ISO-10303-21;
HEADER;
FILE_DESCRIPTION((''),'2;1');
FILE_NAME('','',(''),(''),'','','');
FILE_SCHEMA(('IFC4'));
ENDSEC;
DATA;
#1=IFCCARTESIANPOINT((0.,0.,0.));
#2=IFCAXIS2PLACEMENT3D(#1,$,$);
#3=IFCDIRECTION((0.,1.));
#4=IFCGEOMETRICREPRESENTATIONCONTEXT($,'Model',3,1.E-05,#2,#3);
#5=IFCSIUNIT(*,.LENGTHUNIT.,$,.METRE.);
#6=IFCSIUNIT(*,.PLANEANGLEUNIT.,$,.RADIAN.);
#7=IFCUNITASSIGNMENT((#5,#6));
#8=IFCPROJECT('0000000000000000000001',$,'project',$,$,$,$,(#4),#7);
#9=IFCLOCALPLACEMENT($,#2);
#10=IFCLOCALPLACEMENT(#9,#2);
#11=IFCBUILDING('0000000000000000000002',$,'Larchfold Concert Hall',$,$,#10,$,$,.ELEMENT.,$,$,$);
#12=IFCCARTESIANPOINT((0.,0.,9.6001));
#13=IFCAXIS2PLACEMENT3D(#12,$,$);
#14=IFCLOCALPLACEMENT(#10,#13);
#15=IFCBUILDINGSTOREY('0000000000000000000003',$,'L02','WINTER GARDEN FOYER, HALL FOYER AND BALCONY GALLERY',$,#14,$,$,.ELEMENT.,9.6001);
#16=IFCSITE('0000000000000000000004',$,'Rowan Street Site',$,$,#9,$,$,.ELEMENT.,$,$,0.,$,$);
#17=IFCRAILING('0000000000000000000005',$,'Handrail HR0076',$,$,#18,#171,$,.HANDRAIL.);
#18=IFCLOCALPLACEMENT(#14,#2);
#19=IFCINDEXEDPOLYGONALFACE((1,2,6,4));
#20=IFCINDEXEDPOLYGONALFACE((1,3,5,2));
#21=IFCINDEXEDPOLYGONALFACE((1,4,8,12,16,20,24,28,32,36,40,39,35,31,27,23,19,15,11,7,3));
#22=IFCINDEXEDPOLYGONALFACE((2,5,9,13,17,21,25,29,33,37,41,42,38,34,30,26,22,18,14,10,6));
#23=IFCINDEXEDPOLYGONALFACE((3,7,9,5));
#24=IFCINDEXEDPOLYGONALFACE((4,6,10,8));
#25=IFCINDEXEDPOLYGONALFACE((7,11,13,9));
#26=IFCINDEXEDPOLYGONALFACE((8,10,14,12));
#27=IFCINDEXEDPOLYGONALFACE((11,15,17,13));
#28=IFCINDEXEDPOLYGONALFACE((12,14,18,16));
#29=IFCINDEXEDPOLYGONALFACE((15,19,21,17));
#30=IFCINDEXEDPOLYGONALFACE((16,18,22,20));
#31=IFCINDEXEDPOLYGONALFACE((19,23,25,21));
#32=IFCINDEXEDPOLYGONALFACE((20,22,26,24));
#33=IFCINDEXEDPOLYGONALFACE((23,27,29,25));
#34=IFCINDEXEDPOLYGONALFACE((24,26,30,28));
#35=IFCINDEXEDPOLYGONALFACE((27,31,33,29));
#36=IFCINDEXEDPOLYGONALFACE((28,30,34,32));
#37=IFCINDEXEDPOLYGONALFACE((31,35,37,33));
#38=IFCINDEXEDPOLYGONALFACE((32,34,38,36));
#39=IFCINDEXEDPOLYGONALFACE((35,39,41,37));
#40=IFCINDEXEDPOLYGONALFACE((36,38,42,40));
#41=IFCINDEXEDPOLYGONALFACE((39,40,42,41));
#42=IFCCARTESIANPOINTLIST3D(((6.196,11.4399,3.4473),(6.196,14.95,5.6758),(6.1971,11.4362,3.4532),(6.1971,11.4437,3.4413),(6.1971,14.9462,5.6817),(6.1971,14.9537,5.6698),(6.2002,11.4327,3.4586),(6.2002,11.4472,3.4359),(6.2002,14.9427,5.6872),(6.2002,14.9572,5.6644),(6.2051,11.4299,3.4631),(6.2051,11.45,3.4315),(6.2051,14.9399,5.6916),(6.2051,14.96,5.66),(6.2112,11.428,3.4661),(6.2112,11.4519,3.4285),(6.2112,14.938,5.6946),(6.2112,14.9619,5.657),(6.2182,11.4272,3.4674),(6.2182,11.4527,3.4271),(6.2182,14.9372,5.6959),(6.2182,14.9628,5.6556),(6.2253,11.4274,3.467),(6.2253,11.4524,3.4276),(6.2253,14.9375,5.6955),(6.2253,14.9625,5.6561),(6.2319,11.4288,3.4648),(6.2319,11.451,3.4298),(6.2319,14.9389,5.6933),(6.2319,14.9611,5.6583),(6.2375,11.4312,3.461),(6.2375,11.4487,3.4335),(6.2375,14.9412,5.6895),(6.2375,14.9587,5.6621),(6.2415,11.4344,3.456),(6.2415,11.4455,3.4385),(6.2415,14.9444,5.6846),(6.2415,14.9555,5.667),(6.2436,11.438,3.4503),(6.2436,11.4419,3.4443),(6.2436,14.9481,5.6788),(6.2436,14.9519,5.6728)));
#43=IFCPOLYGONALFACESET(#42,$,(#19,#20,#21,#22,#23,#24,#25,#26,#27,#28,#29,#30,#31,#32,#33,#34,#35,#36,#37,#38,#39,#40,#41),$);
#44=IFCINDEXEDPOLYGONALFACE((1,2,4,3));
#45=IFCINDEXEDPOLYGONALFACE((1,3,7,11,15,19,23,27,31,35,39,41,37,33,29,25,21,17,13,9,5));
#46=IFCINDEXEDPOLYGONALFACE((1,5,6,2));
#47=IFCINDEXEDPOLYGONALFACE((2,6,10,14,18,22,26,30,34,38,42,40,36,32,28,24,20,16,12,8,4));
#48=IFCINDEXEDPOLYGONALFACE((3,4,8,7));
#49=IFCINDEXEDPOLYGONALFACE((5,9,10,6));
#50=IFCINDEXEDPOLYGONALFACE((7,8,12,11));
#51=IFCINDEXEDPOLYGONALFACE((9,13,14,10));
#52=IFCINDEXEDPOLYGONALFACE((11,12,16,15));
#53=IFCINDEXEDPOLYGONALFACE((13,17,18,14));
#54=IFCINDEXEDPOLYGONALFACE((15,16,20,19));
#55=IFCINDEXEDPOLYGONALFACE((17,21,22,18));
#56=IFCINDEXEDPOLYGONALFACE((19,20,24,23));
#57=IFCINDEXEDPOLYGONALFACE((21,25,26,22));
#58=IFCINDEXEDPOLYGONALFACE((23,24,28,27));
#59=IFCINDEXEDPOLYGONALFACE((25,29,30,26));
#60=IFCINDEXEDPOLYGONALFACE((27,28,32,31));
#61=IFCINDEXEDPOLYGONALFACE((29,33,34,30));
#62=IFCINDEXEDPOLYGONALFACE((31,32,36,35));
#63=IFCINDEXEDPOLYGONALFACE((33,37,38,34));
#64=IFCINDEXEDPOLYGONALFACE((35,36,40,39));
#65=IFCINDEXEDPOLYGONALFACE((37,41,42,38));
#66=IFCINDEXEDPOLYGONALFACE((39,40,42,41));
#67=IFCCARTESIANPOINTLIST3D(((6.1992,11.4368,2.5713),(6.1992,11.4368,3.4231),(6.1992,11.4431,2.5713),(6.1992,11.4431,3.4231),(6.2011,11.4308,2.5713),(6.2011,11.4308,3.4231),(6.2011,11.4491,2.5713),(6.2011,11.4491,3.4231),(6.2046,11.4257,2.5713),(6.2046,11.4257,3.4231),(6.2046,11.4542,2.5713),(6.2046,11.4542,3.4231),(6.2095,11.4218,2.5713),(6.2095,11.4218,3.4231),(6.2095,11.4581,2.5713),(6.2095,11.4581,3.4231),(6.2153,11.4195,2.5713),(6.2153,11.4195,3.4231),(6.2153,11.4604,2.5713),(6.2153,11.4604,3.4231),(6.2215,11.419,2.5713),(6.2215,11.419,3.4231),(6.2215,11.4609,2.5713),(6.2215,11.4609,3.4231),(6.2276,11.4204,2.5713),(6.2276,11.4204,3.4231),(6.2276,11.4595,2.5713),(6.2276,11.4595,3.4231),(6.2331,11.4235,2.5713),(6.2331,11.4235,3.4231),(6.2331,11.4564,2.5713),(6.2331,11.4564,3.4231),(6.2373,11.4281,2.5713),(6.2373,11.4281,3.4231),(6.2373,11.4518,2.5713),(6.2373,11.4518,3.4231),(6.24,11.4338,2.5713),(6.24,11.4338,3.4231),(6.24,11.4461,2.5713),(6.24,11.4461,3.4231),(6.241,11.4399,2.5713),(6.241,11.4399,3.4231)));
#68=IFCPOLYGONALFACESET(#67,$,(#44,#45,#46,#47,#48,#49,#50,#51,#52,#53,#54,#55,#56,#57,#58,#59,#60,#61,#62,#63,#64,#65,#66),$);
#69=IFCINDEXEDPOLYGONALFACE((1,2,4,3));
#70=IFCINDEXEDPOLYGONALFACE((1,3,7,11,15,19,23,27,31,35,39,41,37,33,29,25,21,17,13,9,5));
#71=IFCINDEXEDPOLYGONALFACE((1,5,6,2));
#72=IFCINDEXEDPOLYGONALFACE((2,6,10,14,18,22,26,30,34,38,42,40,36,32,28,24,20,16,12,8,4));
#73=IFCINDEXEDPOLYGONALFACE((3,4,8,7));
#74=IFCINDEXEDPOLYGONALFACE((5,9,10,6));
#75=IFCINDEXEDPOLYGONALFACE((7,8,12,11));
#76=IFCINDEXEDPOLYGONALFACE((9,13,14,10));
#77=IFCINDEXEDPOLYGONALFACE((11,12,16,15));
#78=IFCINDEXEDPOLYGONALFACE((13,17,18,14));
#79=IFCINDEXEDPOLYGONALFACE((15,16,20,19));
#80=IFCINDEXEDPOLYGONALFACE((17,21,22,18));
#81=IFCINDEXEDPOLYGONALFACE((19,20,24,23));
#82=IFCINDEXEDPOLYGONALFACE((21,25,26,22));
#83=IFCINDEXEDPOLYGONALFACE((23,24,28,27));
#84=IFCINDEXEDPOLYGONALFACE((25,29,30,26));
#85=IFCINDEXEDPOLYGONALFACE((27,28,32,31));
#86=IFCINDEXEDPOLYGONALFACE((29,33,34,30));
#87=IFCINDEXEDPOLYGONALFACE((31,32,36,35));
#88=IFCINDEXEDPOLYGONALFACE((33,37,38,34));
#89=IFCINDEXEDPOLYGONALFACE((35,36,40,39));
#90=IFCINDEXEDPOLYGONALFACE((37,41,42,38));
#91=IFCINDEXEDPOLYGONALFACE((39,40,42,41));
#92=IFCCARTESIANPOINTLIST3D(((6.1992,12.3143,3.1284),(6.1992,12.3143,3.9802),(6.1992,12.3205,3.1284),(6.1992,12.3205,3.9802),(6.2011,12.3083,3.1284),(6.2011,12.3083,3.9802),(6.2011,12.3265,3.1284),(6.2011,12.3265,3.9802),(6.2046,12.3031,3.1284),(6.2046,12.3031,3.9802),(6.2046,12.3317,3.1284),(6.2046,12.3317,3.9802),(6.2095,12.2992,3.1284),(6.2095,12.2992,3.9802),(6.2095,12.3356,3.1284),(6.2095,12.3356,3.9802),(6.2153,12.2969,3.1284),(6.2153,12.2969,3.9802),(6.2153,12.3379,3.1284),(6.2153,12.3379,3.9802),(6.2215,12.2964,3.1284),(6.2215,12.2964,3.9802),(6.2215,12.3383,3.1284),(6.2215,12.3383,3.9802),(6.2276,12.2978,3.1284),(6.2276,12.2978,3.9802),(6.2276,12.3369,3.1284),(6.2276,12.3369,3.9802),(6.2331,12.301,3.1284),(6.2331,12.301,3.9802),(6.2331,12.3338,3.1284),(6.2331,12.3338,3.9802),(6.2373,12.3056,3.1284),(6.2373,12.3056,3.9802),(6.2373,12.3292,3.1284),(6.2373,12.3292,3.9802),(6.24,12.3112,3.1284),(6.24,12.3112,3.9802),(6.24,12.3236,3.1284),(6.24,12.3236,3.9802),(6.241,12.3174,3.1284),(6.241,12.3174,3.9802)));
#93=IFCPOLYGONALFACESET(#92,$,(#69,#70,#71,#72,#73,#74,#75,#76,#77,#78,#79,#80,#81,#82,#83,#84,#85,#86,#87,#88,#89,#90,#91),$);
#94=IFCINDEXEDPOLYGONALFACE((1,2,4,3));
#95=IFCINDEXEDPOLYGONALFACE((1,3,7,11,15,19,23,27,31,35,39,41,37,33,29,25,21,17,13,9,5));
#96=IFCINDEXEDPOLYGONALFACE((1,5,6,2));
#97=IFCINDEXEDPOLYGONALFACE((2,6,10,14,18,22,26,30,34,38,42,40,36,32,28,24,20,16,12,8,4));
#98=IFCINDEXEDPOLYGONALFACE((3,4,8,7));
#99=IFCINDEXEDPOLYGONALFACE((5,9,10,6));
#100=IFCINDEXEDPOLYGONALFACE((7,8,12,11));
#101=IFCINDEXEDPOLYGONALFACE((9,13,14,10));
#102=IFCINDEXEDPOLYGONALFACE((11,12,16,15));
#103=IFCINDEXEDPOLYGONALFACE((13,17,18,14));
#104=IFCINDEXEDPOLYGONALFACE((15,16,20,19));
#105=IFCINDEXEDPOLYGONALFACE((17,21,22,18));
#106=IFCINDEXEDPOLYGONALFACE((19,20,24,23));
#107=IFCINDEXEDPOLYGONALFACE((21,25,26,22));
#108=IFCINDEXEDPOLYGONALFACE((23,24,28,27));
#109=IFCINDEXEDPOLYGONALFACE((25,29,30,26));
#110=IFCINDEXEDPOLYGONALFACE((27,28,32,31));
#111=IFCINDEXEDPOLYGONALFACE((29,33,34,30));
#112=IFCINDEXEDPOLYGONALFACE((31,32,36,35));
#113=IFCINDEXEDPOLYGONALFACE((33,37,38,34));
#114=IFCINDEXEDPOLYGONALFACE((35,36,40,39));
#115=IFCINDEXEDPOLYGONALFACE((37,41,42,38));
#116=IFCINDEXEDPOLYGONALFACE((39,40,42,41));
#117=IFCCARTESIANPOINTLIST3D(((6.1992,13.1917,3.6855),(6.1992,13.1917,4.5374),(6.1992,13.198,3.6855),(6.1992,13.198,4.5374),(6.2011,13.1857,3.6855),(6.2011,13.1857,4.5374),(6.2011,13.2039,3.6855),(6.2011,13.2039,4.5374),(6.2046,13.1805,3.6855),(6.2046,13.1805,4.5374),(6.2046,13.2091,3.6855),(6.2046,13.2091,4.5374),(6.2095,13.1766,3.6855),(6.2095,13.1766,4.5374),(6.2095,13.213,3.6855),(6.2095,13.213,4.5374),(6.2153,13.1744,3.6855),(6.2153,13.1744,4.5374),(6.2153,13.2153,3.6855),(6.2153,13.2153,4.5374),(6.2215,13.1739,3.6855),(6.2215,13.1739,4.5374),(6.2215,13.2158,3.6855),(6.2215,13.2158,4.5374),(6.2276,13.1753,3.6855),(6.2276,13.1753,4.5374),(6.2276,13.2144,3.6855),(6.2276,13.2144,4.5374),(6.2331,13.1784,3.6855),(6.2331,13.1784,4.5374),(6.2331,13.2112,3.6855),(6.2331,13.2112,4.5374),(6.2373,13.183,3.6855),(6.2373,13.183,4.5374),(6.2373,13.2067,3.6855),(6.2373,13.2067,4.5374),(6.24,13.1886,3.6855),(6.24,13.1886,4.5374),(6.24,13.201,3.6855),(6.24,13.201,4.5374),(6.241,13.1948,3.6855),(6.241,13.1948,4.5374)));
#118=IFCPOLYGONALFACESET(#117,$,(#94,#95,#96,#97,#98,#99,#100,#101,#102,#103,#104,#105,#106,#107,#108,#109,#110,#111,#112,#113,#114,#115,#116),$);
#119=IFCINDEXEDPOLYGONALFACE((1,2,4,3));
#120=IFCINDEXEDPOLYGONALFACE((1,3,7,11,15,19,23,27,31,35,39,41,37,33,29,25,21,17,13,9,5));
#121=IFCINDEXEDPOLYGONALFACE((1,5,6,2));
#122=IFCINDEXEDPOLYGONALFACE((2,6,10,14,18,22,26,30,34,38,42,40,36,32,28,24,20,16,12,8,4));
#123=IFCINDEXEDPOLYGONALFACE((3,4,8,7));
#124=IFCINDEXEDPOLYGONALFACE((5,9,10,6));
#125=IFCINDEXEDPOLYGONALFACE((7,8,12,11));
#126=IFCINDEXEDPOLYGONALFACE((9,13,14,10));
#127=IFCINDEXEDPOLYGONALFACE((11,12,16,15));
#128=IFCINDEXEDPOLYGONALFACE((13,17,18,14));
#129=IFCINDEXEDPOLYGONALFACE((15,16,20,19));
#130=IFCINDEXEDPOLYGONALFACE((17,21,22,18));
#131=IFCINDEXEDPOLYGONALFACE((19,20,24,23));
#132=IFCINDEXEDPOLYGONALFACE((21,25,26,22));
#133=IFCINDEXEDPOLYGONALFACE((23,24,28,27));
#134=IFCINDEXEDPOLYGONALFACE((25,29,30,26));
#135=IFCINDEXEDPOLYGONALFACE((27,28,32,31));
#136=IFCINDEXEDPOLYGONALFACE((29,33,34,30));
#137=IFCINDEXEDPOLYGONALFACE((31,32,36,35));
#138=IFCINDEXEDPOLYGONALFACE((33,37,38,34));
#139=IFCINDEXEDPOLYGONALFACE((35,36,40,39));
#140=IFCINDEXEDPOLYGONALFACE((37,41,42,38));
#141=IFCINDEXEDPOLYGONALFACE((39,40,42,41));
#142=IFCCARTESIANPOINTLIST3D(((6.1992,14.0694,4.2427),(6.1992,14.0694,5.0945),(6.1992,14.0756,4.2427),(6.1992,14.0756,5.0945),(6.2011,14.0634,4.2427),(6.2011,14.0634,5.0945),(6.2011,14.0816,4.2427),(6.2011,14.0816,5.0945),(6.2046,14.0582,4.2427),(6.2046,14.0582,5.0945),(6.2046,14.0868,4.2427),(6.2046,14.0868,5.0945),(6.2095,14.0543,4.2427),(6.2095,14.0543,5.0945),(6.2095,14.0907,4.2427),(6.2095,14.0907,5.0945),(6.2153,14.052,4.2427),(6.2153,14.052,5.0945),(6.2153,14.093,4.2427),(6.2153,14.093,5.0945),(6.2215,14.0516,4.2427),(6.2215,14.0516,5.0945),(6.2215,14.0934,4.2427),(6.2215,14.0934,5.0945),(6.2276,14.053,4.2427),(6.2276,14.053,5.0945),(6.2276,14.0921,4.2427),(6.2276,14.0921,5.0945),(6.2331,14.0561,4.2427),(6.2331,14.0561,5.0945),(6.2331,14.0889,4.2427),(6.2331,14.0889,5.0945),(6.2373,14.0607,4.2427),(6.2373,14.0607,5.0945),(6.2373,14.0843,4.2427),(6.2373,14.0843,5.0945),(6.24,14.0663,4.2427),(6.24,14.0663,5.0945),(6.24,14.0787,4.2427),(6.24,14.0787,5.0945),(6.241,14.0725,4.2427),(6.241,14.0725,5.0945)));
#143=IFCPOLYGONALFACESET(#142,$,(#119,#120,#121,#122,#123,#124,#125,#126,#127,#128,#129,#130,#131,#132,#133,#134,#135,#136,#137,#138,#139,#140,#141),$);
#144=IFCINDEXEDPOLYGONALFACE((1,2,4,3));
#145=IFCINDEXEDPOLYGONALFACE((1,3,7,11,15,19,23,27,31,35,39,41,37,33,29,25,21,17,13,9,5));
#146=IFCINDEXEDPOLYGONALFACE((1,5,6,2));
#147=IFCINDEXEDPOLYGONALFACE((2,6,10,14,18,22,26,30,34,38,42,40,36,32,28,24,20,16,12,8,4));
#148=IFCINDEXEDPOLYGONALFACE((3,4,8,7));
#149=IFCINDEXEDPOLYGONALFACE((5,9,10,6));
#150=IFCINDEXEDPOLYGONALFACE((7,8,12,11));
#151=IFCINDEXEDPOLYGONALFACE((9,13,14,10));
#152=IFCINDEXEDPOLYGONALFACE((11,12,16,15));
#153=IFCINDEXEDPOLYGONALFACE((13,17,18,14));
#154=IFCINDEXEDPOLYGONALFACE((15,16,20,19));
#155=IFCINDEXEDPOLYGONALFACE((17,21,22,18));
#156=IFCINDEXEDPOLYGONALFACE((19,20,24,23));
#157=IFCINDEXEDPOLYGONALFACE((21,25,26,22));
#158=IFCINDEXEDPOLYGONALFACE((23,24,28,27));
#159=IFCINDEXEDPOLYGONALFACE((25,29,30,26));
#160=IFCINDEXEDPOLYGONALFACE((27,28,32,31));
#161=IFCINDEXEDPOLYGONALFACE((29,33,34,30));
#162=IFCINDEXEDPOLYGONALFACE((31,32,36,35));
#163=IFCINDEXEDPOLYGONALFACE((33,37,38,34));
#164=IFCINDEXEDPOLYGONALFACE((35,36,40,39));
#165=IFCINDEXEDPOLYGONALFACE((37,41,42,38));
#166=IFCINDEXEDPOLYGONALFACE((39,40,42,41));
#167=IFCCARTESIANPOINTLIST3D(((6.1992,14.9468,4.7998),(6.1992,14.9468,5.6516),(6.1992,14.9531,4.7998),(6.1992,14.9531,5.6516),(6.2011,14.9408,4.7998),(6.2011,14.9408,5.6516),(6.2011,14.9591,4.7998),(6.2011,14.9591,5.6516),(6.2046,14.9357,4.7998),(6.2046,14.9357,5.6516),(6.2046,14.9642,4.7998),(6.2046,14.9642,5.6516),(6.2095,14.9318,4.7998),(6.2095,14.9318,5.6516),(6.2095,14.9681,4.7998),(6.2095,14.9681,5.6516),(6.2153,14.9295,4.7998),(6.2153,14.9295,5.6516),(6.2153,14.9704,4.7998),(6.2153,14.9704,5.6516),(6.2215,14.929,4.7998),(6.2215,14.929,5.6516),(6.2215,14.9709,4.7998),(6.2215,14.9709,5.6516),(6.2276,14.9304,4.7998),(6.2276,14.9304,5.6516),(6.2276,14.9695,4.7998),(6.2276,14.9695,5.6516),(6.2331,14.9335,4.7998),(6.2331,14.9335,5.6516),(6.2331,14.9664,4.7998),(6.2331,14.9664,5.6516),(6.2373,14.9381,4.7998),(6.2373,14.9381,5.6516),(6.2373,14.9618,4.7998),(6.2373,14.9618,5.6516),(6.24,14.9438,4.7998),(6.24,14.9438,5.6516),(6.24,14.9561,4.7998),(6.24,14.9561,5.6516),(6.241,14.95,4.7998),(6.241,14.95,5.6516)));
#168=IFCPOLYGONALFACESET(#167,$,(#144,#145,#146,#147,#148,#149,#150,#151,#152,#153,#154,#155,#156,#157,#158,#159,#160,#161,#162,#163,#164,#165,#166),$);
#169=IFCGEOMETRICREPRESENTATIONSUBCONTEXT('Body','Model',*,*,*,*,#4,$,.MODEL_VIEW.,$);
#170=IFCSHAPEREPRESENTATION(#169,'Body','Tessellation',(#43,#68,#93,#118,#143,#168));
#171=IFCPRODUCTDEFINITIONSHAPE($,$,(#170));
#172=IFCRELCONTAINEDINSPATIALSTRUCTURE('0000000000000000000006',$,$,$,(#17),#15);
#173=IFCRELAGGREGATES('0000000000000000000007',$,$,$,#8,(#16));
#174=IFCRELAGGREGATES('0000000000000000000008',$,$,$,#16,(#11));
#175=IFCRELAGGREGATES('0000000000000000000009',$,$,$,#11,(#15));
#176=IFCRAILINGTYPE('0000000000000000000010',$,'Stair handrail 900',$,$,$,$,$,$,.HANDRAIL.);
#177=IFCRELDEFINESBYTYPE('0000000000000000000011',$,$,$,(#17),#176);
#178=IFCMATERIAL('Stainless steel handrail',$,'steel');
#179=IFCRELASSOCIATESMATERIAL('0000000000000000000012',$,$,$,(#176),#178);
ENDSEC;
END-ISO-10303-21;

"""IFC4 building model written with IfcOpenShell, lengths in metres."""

from ifc_helpers import new_model, si_unit, direction, frame, origin, origin_2d, place, context, subcontext, project, spatial, circle, extrude, material, type_object, element, save


model = new_model("IFC4")

# Units and contexts
model_context = context("Model", 3, precision=1e-05, world=origin(), true_north=direction((0.0, 1.0)))
body_context = subcontext(model_context, "Body", "Model", "MODEL_VIEW")
ifc_project = project(units=[si_unit("LENGTHUNIT", "METRE"), si_unit("PLANEANGLEUNIT", "RADIAN")], contexts=[model_context])

# Site, building, storey
site_placement = place(None, origin())
site = spatial("IfcSite", under=ifc_project, at=site_placement, Name="Rowan Street Site", CompositionType="ELEMENT", RefElevation=0.0)
building_placement = place(site_placement, origin())
building = spatial("IfcBuilding", under=site, at=building_placement, Name="Larchfold Concert Hall", CompositionType="ELEMENT")
storey_placement = place(building_placement, frame((0.0, 0.0, 9.6001)))
storey = spatial("IfcBuildingStorey", under=building, at=storey_placement, Name="L02", Description="WINTER GARDEN FOYER, HALL FOYER AND BALCONY GALLERY", CompositionType="ELEMENT", Elevation=9.6001)

# Railing
ifc_material_1 = material(Name="Stainless steel handrail", Category="steel")
railing_type = type_object("IfcRailingType", Name="Stair handrail 900", PredefinedType="HANDRAIL", material=ifc_material_1)
railing_1_placement = place(storey_placement, frame((6.22, 11.4399, 2.5713)))
element("IfcRailing", 1, at=railing_1_placement, inside=storey, type_object=railing_type, Name="Handrail HR0076", PredefinedType="HANDRAIL", context=body_context, shape_type="SweptSolid", body=[
    extrude(circle(Radius=0.0239, at=origin_2d()), frame((0.0, 0.0, 0.876), z_axis=(0.0, 0.84422, 0.535998), x_axis=(-1.0, 0.0, 0.0)), (0.0, 0.0, 1.0), 4.1577),
    extrude(circle(Radius=0.021, at=origin_2d()), origin(), (0.0, 0.0, 1.0), 0.8518),
    extrude(circle(Radius=0.021, at=origin_2d()), frame((0.0, 0.8774, 0.5571)), (0.0, 0.0, 1.0), 0.8518),
    extrude(circle(Radius=0.021, at=origin_2d()), frame((0.0, 1.7549, 1.1143)), (0.0, 0.0, 1.0), 0.8518),
    extrude(circle(Radius=0.021, at=origin_2d()), frame((0.0, 2.6326, 1.6714)), (0.0, 0.0, 1.0), 0.8518),
    extrude(circle(Radius=0.021, at=origin_2d()), frame((0.0, 3.51, 2.2285)), (0.0, 0.0, 1.0), 0.8518),
])

save(model, "model.ifc")
